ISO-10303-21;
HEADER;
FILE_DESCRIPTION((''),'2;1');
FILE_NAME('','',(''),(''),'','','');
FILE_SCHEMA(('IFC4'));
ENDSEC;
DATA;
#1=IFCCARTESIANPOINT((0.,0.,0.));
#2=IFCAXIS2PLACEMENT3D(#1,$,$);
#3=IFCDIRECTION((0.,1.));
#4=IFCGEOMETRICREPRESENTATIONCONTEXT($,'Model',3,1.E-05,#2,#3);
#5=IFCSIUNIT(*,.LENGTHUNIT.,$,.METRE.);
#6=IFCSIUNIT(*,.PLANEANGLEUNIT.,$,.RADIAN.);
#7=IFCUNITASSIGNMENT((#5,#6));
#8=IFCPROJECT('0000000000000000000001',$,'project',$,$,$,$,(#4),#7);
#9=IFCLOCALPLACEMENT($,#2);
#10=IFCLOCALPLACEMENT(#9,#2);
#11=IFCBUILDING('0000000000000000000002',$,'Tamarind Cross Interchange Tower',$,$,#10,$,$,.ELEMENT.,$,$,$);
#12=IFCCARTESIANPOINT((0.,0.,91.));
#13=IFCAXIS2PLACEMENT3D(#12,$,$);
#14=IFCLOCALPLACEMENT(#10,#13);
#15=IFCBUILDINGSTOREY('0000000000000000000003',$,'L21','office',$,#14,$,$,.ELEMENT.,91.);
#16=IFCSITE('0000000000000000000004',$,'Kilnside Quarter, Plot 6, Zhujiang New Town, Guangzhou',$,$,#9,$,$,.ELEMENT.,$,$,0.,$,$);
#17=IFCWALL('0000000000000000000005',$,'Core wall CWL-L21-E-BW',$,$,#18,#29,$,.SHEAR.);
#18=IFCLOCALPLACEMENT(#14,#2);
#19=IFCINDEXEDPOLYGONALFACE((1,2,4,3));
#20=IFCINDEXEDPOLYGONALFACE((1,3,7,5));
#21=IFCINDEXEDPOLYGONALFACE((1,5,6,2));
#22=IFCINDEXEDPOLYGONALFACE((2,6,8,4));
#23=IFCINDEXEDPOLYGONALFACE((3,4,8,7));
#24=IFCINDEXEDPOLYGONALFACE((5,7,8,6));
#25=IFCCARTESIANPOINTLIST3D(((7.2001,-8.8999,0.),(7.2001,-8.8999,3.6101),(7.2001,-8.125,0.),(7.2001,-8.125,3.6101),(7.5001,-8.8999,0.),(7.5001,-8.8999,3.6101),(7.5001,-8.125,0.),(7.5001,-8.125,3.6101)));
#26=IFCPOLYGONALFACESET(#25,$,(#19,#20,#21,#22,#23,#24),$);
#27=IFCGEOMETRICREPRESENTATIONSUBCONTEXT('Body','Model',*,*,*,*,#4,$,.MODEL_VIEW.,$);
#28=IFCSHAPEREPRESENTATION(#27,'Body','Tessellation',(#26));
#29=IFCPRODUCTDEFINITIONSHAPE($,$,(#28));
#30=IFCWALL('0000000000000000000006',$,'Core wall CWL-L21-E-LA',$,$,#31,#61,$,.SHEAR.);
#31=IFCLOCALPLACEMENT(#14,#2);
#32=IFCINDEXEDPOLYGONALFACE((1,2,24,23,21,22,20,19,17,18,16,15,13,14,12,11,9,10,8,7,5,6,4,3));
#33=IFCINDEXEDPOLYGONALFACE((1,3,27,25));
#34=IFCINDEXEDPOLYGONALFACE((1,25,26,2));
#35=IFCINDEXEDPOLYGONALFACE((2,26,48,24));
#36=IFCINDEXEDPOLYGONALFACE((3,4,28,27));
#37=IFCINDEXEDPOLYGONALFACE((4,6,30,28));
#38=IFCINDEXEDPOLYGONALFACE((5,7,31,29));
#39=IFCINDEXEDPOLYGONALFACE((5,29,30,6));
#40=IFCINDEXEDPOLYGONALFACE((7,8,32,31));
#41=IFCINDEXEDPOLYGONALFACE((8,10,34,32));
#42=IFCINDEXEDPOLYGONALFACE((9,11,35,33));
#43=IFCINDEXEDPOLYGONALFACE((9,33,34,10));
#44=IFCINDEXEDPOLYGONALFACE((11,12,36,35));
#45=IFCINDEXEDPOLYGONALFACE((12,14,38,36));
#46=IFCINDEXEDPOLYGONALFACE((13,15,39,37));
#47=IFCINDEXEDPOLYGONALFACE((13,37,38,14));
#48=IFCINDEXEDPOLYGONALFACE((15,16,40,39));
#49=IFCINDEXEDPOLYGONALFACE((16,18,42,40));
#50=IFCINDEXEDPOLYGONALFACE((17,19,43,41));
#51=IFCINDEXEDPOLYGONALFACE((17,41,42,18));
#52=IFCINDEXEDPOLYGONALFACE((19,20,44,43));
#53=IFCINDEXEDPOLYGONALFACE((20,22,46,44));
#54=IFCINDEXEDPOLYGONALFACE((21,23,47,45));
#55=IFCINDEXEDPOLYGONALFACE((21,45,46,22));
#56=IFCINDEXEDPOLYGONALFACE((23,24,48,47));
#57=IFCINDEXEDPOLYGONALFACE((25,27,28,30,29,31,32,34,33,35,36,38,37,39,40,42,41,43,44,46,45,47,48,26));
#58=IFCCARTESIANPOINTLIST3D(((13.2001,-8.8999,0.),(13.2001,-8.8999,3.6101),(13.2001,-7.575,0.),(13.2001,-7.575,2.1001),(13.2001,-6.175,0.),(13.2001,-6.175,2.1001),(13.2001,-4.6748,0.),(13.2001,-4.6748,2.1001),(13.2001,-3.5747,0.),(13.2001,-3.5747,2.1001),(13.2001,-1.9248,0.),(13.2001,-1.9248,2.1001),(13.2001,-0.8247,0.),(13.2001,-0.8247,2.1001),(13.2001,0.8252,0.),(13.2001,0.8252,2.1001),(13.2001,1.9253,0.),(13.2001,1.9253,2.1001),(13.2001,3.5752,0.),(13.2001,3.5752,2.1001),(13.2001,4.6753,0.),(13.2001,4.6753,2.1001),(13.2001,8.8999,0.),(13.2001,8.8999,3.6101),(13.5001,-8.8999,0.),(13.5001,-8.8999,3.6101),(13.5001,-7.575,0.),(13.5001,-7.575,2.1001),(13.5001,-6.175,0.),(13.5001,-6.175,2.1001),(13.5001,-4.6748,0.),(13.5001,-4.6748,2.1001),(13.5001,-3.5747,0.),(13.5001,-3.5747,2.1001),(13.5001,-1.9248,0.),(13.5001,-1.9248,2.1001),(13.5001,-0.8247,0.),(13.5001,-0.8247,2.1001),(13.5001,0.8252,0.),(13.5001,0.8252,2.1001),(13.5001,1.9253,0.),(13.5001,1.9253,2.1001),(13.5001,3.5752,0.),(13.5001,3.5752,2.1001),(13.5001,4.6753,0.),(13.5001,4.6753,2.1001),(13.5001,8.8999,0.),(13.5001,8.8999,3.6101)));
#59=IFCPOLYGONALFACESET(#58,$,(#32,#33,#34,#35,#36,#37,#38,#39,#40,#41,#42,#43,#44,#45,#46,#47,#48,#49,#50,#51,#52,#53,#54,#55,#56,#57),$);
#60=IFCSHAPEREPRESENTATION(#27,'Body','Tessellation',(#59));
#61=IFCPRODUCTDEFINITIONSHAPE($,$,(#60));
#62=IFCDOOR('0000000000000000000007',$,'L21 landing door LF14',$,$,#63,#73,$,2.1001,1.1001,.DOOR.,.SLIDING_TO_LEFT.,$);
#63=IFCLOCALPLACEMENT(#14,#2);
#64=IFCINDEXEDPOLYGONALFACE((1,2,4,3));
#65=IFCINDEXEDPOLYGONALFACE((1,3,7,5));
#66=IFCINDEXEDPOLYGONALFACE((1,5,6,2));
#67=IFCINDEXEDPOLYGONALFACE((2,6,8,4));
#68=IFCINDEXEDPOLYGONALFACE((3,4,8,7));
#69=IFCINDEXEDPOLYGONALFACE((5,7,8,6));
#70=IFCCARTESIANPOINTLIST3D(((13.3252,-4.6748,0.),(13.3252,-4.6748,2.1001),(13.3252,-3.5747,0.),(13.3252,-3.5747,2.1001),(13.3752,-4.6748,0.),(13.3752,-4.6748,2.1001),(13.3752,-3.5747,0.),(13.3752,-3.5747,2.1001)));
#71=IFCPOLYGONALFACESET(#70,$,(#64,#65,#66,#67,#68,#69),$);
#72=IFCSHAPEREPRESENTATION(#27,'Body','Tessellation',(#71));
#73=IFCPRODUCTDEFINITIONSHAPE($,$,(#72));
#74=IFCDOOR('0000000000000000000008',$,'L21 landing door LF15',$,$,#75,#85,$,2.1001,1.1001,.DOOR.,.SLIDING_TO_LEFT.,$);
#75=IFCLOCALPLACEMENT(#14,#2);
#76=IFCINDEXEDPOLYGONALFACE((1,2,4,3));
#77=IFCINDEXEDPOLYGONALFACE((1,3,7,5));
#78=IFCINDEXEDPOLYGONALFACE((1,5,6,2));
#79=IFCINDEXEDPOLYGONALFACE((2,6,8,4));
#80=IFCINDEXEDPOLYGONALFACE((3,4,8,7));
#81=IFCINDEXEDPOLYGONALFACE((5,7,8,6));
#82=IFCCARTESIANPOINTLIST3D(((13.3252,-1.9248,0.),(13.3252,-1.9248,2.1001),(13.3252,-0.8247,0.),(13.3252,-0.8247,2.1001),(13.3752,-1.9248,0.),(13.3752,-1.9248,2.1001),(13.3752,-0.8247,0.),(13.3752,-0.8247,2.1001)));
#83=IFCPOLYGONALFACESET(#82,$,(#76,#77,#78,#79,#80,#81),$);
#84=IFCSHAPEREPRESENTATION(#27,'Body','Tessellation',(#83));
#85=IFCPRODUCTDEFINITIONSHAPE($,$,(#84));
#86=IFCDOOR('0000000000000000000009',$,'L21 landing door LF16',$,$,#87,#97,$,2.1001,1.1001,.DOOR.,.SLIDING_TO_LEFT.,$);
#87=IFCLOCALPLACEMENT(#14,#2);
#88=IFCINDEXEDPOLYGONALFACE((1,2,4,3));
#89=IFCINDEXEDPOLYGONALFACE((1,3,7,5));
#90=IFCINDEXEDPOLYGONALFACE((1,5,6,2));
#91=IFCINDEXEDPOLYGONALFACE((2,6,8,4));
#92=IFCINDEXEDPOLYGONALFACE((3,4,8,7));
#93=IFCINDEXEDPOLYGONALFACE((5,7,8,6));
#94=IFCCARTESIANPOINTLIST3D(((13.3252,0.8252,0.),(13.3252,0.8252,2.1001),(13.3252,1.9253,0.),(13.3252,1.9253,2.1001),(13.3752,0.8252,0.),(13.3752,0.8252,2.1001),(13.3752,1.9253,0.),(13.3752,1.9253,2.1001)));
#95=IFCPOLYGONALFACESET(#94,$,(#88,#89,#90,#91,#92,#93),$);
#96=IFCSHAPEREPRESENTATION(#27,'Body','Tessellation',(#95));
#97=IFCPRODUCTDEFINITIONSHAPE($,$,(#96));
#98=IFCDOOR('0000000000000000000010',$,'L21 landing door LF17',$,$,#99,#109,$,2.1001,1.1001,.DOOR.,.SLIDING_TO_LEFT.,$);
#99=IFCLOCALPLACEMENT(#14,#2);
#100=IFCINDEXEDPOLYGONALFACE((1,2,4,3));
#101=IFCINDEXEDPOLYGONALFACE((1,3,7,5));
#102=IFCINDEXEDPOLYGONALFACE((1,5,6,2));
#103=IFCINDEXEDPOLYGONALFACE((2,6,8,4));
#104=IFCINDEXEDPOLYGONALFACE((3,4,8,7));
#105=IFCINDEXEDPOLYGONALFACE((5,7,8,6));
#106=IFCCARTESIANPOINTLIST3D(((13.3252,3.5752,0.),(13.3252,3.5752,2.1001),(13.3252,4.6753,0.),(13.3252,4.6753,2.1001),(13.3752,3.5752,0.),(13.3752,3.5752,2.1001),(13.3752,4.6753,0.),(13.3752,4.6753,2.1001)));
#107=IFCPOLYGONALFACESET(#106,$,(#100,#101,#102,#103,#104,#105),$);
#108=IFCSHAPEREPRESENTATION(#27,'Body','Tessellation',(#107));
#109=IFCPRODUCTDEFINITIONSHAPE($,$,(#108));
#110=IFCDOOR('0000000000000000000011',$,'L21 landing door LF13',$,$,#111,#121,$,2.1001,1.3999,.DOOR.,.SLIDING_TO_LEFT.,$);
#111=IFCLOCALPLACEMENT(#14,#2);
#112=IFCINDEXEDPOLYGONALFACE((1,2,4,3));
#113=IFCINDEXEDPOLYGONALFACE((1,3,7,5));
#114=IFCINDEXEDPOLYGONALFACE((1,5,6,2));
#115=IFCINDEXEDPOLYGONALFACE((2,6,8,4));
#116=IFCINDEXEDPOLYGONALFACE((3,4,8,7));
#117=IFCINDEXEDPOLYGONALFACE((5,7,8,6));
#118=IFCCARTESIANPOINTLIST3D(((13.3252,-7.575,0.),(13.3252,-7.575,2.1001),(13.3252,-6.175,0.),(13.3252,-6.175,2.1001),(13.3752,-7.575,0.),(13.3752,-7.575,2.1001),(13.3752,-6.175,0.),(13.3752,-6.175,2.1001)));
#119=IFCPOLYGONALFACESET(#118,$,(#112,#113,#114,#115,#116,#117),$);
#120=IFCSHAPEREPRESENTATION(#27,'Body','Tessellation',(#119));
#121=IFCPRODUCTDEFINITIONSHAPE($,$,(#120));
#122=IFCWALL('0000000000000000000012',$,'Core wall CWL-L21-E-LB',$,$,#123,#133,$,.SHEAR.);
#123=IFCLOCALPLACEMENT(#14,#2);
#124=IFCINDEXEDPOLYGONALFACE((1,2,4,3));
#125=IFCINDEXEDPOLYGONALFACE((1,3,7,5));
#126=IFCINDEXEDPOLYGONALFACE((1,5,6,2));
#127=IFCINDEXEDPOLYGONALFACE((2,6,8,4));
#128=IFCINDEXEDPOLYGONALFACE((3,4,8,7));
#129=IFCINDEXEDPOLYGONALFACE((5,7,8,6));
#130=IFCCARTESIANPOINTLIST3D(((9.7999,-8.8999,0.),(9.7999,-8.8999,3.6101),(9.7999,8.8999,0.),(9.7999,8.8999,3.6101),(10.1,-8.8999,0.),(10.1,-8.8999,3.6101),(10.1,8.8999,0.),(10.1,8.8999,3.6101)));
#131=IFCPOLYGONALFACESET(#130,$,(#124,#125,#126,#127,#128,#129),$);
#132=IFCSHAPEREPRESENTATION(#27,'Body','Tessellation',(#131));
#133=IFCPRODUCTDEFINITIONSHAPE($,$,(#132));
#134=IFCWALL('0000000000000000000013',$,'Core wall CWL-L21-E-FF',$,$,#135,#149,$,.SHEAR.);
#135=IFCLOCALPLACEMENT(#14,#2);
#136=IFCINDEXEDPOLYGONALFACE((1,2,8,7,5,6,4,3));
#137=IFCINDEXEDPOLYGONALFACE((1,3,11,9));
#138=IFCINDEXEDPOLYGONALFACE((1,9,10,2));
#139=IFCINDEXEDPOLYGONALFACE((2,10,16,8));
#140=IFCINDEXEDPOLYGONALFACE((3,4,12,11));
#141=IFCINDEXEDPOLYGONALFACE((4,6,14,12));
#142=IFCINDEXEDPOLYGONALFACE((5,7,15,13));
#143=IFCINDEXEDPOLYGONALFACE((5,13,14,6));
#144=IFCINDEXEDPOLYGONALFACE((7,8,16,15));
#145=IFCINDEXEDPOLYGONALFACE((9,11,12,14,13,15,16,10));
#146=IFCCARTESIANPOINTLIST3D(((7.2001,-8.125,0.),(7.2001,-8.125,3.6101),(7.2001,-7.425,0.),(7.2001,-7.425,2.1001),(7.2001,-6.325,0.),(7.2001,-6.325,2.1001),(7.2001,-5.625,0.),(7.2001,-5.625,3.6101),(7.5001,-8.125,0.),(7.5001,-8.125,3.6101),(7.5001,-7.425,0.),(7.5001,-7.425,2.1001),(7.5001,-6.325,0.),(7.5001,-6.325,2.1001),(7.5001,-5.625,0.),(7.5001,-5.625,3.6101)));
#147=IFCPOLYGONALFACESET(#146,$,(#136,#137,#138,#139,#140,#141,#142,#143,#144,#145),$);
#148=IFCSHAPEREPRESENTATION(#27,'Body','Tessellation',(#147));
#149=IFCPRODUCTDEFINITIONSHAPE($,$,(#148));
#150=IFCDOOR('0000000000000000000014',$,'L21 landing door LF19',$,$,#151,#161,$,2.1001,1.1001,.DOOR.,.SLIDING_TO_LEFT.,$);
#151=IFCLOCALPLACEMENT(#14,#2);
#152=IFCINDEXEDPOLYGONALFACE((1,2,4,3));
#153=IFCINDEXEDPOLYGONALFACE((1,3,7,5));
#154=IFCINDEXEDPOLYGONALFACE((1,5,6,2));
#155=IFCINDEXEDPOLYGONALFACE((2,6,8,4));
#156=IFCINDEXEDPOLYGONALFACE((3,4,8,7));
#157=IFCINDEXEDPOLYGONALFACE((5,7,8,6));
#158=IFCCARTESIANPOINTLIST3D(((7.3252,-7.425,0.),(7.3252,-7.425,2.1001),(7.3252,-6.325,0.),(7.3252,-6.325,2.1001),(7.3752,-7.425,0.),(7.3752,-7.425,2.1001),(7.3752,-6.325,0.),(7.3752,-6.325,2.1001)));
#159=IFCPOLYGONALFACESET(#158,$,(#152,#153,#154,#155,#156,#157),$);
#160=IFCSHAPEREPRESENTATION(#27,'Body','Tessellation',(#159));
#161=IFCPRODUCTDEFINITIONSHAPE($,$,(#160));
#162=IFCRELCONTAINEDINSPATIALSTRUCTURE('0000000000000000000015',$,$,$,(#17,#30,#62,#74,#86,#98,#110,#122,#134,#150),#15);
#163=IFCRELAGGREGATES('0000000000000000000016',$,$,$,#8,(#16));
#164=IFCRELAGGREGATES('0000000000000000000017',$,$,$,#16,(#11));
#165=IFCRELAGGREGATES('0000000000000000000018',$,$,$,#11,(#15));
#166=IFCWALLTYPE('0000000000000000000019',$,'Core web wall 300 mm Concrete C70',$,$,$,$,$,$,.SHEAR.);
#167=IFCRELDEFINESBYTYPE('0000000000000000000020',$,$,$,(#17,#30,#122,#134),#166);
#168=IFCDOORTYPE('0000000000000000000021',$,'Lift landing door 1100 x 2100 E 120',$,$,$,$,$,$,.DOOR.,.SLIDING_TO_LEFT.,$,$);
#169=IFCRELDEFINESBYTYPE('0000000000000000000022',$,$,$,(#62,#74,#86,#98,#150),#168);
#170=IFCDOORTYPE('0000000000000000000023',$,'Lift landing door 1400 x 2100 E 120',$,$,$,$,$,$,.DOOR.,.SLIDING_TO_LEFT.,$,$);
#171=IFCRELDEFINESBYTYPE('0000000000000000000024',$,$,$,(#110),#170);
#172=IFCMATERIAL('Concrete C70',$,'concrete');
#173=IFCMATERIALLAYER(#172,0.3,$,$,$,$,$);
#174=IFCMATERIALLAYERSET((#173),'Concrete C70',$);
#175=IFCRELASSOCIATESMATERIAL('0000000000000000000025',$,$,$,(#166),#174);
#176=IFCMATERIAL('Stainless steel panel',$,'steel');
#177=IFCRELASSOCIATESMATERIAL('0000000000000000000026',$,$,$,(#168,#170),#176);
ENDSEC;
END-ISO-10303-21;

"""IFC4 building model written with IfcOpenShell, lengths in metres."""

from ifc_helpers import new_model, si_unit, direction, frame, frame_2d, origin, place, context, subcontext, project, spatial, rectangle, extrude, material, layer, layer_set, type_object, element, fill, save


model = new_model("IFC4")

# Units and contexts
model_context = context("Model", 3, precision=1e-05, world=origin(), true_north=direction((0.0, 1.0)))
body_context = subcontext(model_context, "Body", "Model", "MODEL_VIEW")
ifc_project = project(units=[si_unit("LENGTHUNIT", "METRE"), si_unit("PLANEANGLEUNIT", "RADIAN")], contexts=[model_context])

# Site, building, storey
site_placement = place(None, origin())
site = spatial("IfcSite", under=ifc_project, at=site_placement, Name="Kilnside Quarter, Plot 6, Zhujiang New Town, Guangzhou", CompositionType="ELEMENT", RefElevation=0.0)
building_placement = place(site_placement, origin())
building = spatial("IfcBuilding", under=site, at=building_placement, Name="Tamarind Cross Interchange Tower", CompositionType="ELEMENT")
storey_placement = place(building_placement, frame((0.0, 0.0, 91.0)))
storey = spatial("IfcBuildingStorey", under=building, at=storey_placement, Name="L21", Description="office", CompositionType="ELEMENT", Elevation=91.0)

# Shared definitions
ifc_material_1 = material(Name="Concrete C70", Category="concrete")

# Wall
ifc_layer_1 = layer(ifc_material_1, 0.3)
ifc_layer_set_1 = layer_set([ifc_layer_1], Name="Concrete C70")
wall_type_1 = type_object("IfcWallType", Name="Core web wall 300 mm Concrete C70", PredefinedType="SHEAR", material=ifc_layer_set_1)
wall_1_placement = place(storey_placement, frame((7.3501, -8.8999, 0.0), z_axis=(0.0, 0.0, 1.0), x_axis=(0.0, 1.0, 0.0)))
element("IfcWall", 1, at=wall_1_placement, inside=storey, type_object=wall_type_1, Name="Core wall CWL-L21-E-BW", PredefinedType="SHEAR", context=body_context, shape_type="SweptSolid", body=[
    extrude(rectangle(XDim=0.7749, YDim=0.3, at=frame_2d((0.3875, 0.0))), origin(), (0.0, 0.0, 1.0), 3.6101),
])

# Wall, openings, doors
wall_2_placement = place(storey_placement, frame((13.3501, -8.8999, 0.0), z_axis=(0.0, 0.0, 1.0), x_axis=(0.0, 1.0, 0.0)))
wall_2 = element("IfcWall", 2, at=wall_2_placement, inside=storey, type_object=wall_type_1, Name="Core wall CWL-L21-E-LA", PredefinedType="SHEAR", context=body_context, shape_type="SweptSolid", body=[
    extrude(rectangle(XDim=17.7998, YDim=0.3, at=frame_2d((8.8999, 0.0))), origin(), (0.0, 0.0, 1.0), 3.6101),
])
opening_1_placement = place(wall_2_placement, frame((1.325, 0.0, 0.0)))
opening_1 = element("IfcOpeningElement", 3, at=opening_1_placement, cuts=wall_2, PredefinedType="OPENING", context=body_context, shape_type="SweptSolid", body=[
    extrude(rectangle(XDim=1.3999, YDim=2.1001, at=frame_2d((0.7, 1.05))), frame((0.0, 0.1599, 0.0), z_axis=(0.0, -1.0, 0.0), x_axis=(1.0, 0.0, 0.0)), (0.0, 0.0, 1.0), 0.3201),
])
opening_2_placement = place(wall_2_placement, frame((4.2251, 0.0, 0.0)))
opening_2 = element("IfcOpeningElement", 4, at=opening_2_placement, cuts=wall_2, PredefinedType="OPENING", context=body_context, shape_type="SweptSolid", body=[
    extrude(rectangle(XDim=1.1001, YDim=2.1001, at=frame_2d((0.55, 1.05))), frame((0.0, 0.1599, 0.0), z_axis=(0.0, -1.0, 0.0), x_axis=(1.0, 0.0, 0.0)), (0.0, 0.0, 1.0), 0.3201),
])
opening_3_placement = place(wall_2_placement, frame((6.9751, 0.0, 0.0)))
opening_3 = element("IfcOpeningElement", 5, at=opening_3_placement, cuts=wall_2, PredefinedType="OPENING", context=body_context, shape_type="SweptSolid", body=[
    extrude(rectangle(XDim=1.1001, YDim=2.1001, at=frame_2d((0.55, 1.05))), frame((0.0, 0.1599, 0.0), z_axis=(0.0, -1.0, 0.0), x_axis=(1.0, 0.0, 0.0)), (0.0, 0.0, 1.0), 0.3201),
])
opening_4_placement = place(wall_2_placement, frame((9.7251, 0.0, 0.0)))
opening_4 = element("IfcOpeningElement", 6, at=opening_4_placement, cuts=wall_2, PredefinedType="OPENING", context=body_context, shape_type="SweptSolid", body=[
    extrude(rectangle(XDim=1.1001, YDim=2.1001, at=frame_2d((0.55, 1.05))), frame((0.0, 0.1599, 0.0), z_axis=(0.0, -1.0, 0.0), x_axis=(1.0, 0.0, 0.0)), (0.0, 0.0, 1.0), 0.3201),
])
opening_5_placement = place(wall_2_placement, frame((12.4751, 0.0, 0.0)))
opening_5 = element("IfcOpeningElement", 7, at=opening_5_placement, cuts=wall_2, PredefinedType="OPENING", context=body_context, shape_type="SweptSolid", body=[
    extrude(rectangle(XDim=1.1001, YDim=2.1001, at=frame_2d((0.55, 1.05))), frame((0.0, 0.1599, 0.0), z_axis=(0.0, -1.0, 0.0), x_axis=(1.0, 0.0, 0.0)), (0.0, 0.0, 1.0), 0.3201),
])
ifc_material_2 = material(Name="Stainless steel panel", Category="steel")
door_type_1 = type_object("IfcDoorType", Name="Lift landing door 1100 x 2100 E 120", OperationType="SLIDING_TO_LEFT", PredefinedType="DOOR", material=ifc_material_2)
door_1_placement = place(opening_2_placement, origin())
door_1 = element("IfcDoor", 8, at=door_1_placement, inside=storey, type_object=door_type_1, Name="L21 landing door LF14", OperationType="SLIDING_TO_LEFT", OverallHeight=2.1001, OverallWidth=1.1001, PredefinedType="DOOR", context=body_context, shape_type="SweptSolid", body=[
    extrude(rectangle(XDim=1.1001, YDim=2.1001, at=frame_2d((0.55, 1.05))), frame((0.0, 0.0249, 0.0), z_axis=(0.0, -1.0, 0.0), x_axis=(1.0, 0.0, 0.0)), (0.0, 0.0, 1.0), 0.05),
])
fill(opening_2, door_1)
door_2_placement = place(opening_3_placement, origin())
door_2 = element("IfcDoor", 9, at=door_2_placement, inside=storey, type_object=door_type_1, Name="L21 landing door LF15", OperationType="SLIDING_TO_LEFT", OverallHeight=2.1001, OverallWidth=1.1001, PredefinedType="DOOR", context=body_context, shape_type="SweptSolid", body=[
    extrude(rectangle(XDim=1.1001, YDim=2.1001, at=frame_2d((0.55, 1.05))), frame((0.0, 0.0249, 0.0), z_axis=(0.0, -1.0, 0.0), x_axis=(1.0, 0.0, 0.0)), (0.0, 0.0, 1.0), 0.05),
])
fill(opening_3, door_2)
door_3_placement = place(opening_4_placement, origin())
door_3 = element("IfcDoor", 10, at=door_3_placement, inside=storey, type_object=door_type_1, Name="L21 landing door LF16", OperationType="SLIDING_TO_LEFT", OverallHeight=2.1001, OverallWidth=1.1001, PredefinedType="DOOR", context=body_context, shape_type="SweptSolid", body=[
    extrude(rectangle(XDim=1.1001, YDim=2.1001, at=frame_2d((0.55, 1.05))), frame((0.0, 0.0249, 0.0), z_axis=(0.0, -1.0, 0.0), x_axis=(1.0, 0.0, 0.0)), (0.0, 0.0, 1.0), 0.05),
])
fill(opening_4, door_3)
door_4_placement = place(opening_5_placement, origin())
door_4 = element("IfcDoor", 11, at=door_4_placement, inside=storey, type_object=door_type_1, Name="L21 landing door LF17", OperationType="SLIDING_TO_LEFT", OverallHeight=2.1001, OverallWidth=1.1001, PredefinedType="DOOR", context=body_context, shape_type="SweptSolid", body=[
    extrude(rectangle(XDim=1.1001, YDim=2.1001, at=frame_2d((0.55, 1.05))), frame((0.0, 0.0249, 0.0), z_axis=(0.0, -1.0, 0.0), x_axis=(1.0, 0.0, 0.0)), (0.0, 0.0, 1.0), 0.05),
])
fill(opening_5, door_4)
door_type_2 = type_object("IfcDoorType", Name="Lift landing door 1400 x 2100 E 120", OperationType="SLIDING_TO_LEFT", PredefinedType="DOOR", material=ifc_material_2)
door_5_placement = place(opening_1_placement, origin())
door_5 = element("IfcDoor", 12, at=door_5_placement, inside=storey, type_object=door_type_2, Name="L21 landing door LF13", OperationType="SLIDING_TO_LEFT", OverallHeight=2.1001, OverallWidth=1.3999, PredefinedType="DOOR", context=body_context, shape_type="SweptSolid", body=[
    extrude(rectangle(XDim=1.3999, YDim=2.1001, at=frame_2d((0.7, 1.05))), frame((0.0, 0.0249, 0.0), z_axis=(0.0, -1.0, 0.0), x_axis=(1.0, 0.0, 0.0)), (0.0, 0.0, 1.0), 0.05),
])
fill(opening_1, door_5)

# Wall
wall_3_placement = place(storey_placement, frame((9.95, -8.8999, 0.0), z_axis=(0.0, 0.0, 1.0), x_axis=(0.0, 1.0, 0.0)))
element("IfcWall", 13, at=wall_3_placement, inside=storey, type_object=wall_type_1, Name="Core wall CWL-L21-E-LB", PredefinedType="SHEAR", context=body_context, shape_type="SweptSolid", body=[
    extrude(rectangle(XDim=17.7998, YDim=0.3, at=frame_2d((8.8999, 0.0))), origin(), (0.0, 0.0, 1.0), 3.6101),
])

# Wall, opening, door
wall_4_placement = place(storey_placement, frame((7.3501, -8.125, 0.0), z_axis=(0.0, 0.0, 1.0), x_axis=(0.0, 1.0, 0.0)))
wall_4 = element("IfcWall", 14, at=wall_4_placement, inside=storey, type_object=wall_type_1, Name="Core wall CWL-L21-E-FF", PredefinedType="SHEAR", context=body_context, shape_type="SweptSolid", body=[
    extrude(rectangle(XDim=2.5, YDim=0.3, at=frame_2d((1.25, 0.0))), origin(), (0.0, 0.0, 1.0), 3.6101),
])
opening_6_placement = place(wall_4_placement, frame((0.7, 0.0, 0.0)))
opening_6 = element("IfcOpeningElement", 15, at=opening_6_placement, cuts=wall_4, PredefinedType="OPENING", context=body_context, shape_type="SweptSolid", body=[
    extrude(rectangle(XDim=1.1001, YDim=2.1001, at=frame_2d((0.55, 1.05))), frame((0.0, 0.1599, 0.0), z_axis=(0.0, -1.0, 0.0), x_axis=(1.0, 0.0, 0.0)), (0.0, 0.0, 1.0), 0.3201),
])
door_6_placement = place(opening_6_placement, origin())
door_6 = element("IfcDoor", 16, at=door_6_placement, inside=storey, type_object=door_type_1, Name="L21 landing door LF19", OperationType="SLIDING_TO_LEFT", OverallHeight=2.1001, OverallWidth=1.1001, PredefinedType="DOOR", context=body_context, shape_type="SweptSolid", body=[
    extrude(rectangle(XDim=1.1001, YDim=2.1001, at=frame_2d((0.55, 1.05))), frame((0.0, 0.0249, 0.0), z_axis=(0.0, -1.0, 0.0), x_axis=(1.0, 0.0, 0.0)), (0.0, 0.0, 1.0), 0.05),
])
fill(opening_6, door_6)

save(model, "model.ifc")
